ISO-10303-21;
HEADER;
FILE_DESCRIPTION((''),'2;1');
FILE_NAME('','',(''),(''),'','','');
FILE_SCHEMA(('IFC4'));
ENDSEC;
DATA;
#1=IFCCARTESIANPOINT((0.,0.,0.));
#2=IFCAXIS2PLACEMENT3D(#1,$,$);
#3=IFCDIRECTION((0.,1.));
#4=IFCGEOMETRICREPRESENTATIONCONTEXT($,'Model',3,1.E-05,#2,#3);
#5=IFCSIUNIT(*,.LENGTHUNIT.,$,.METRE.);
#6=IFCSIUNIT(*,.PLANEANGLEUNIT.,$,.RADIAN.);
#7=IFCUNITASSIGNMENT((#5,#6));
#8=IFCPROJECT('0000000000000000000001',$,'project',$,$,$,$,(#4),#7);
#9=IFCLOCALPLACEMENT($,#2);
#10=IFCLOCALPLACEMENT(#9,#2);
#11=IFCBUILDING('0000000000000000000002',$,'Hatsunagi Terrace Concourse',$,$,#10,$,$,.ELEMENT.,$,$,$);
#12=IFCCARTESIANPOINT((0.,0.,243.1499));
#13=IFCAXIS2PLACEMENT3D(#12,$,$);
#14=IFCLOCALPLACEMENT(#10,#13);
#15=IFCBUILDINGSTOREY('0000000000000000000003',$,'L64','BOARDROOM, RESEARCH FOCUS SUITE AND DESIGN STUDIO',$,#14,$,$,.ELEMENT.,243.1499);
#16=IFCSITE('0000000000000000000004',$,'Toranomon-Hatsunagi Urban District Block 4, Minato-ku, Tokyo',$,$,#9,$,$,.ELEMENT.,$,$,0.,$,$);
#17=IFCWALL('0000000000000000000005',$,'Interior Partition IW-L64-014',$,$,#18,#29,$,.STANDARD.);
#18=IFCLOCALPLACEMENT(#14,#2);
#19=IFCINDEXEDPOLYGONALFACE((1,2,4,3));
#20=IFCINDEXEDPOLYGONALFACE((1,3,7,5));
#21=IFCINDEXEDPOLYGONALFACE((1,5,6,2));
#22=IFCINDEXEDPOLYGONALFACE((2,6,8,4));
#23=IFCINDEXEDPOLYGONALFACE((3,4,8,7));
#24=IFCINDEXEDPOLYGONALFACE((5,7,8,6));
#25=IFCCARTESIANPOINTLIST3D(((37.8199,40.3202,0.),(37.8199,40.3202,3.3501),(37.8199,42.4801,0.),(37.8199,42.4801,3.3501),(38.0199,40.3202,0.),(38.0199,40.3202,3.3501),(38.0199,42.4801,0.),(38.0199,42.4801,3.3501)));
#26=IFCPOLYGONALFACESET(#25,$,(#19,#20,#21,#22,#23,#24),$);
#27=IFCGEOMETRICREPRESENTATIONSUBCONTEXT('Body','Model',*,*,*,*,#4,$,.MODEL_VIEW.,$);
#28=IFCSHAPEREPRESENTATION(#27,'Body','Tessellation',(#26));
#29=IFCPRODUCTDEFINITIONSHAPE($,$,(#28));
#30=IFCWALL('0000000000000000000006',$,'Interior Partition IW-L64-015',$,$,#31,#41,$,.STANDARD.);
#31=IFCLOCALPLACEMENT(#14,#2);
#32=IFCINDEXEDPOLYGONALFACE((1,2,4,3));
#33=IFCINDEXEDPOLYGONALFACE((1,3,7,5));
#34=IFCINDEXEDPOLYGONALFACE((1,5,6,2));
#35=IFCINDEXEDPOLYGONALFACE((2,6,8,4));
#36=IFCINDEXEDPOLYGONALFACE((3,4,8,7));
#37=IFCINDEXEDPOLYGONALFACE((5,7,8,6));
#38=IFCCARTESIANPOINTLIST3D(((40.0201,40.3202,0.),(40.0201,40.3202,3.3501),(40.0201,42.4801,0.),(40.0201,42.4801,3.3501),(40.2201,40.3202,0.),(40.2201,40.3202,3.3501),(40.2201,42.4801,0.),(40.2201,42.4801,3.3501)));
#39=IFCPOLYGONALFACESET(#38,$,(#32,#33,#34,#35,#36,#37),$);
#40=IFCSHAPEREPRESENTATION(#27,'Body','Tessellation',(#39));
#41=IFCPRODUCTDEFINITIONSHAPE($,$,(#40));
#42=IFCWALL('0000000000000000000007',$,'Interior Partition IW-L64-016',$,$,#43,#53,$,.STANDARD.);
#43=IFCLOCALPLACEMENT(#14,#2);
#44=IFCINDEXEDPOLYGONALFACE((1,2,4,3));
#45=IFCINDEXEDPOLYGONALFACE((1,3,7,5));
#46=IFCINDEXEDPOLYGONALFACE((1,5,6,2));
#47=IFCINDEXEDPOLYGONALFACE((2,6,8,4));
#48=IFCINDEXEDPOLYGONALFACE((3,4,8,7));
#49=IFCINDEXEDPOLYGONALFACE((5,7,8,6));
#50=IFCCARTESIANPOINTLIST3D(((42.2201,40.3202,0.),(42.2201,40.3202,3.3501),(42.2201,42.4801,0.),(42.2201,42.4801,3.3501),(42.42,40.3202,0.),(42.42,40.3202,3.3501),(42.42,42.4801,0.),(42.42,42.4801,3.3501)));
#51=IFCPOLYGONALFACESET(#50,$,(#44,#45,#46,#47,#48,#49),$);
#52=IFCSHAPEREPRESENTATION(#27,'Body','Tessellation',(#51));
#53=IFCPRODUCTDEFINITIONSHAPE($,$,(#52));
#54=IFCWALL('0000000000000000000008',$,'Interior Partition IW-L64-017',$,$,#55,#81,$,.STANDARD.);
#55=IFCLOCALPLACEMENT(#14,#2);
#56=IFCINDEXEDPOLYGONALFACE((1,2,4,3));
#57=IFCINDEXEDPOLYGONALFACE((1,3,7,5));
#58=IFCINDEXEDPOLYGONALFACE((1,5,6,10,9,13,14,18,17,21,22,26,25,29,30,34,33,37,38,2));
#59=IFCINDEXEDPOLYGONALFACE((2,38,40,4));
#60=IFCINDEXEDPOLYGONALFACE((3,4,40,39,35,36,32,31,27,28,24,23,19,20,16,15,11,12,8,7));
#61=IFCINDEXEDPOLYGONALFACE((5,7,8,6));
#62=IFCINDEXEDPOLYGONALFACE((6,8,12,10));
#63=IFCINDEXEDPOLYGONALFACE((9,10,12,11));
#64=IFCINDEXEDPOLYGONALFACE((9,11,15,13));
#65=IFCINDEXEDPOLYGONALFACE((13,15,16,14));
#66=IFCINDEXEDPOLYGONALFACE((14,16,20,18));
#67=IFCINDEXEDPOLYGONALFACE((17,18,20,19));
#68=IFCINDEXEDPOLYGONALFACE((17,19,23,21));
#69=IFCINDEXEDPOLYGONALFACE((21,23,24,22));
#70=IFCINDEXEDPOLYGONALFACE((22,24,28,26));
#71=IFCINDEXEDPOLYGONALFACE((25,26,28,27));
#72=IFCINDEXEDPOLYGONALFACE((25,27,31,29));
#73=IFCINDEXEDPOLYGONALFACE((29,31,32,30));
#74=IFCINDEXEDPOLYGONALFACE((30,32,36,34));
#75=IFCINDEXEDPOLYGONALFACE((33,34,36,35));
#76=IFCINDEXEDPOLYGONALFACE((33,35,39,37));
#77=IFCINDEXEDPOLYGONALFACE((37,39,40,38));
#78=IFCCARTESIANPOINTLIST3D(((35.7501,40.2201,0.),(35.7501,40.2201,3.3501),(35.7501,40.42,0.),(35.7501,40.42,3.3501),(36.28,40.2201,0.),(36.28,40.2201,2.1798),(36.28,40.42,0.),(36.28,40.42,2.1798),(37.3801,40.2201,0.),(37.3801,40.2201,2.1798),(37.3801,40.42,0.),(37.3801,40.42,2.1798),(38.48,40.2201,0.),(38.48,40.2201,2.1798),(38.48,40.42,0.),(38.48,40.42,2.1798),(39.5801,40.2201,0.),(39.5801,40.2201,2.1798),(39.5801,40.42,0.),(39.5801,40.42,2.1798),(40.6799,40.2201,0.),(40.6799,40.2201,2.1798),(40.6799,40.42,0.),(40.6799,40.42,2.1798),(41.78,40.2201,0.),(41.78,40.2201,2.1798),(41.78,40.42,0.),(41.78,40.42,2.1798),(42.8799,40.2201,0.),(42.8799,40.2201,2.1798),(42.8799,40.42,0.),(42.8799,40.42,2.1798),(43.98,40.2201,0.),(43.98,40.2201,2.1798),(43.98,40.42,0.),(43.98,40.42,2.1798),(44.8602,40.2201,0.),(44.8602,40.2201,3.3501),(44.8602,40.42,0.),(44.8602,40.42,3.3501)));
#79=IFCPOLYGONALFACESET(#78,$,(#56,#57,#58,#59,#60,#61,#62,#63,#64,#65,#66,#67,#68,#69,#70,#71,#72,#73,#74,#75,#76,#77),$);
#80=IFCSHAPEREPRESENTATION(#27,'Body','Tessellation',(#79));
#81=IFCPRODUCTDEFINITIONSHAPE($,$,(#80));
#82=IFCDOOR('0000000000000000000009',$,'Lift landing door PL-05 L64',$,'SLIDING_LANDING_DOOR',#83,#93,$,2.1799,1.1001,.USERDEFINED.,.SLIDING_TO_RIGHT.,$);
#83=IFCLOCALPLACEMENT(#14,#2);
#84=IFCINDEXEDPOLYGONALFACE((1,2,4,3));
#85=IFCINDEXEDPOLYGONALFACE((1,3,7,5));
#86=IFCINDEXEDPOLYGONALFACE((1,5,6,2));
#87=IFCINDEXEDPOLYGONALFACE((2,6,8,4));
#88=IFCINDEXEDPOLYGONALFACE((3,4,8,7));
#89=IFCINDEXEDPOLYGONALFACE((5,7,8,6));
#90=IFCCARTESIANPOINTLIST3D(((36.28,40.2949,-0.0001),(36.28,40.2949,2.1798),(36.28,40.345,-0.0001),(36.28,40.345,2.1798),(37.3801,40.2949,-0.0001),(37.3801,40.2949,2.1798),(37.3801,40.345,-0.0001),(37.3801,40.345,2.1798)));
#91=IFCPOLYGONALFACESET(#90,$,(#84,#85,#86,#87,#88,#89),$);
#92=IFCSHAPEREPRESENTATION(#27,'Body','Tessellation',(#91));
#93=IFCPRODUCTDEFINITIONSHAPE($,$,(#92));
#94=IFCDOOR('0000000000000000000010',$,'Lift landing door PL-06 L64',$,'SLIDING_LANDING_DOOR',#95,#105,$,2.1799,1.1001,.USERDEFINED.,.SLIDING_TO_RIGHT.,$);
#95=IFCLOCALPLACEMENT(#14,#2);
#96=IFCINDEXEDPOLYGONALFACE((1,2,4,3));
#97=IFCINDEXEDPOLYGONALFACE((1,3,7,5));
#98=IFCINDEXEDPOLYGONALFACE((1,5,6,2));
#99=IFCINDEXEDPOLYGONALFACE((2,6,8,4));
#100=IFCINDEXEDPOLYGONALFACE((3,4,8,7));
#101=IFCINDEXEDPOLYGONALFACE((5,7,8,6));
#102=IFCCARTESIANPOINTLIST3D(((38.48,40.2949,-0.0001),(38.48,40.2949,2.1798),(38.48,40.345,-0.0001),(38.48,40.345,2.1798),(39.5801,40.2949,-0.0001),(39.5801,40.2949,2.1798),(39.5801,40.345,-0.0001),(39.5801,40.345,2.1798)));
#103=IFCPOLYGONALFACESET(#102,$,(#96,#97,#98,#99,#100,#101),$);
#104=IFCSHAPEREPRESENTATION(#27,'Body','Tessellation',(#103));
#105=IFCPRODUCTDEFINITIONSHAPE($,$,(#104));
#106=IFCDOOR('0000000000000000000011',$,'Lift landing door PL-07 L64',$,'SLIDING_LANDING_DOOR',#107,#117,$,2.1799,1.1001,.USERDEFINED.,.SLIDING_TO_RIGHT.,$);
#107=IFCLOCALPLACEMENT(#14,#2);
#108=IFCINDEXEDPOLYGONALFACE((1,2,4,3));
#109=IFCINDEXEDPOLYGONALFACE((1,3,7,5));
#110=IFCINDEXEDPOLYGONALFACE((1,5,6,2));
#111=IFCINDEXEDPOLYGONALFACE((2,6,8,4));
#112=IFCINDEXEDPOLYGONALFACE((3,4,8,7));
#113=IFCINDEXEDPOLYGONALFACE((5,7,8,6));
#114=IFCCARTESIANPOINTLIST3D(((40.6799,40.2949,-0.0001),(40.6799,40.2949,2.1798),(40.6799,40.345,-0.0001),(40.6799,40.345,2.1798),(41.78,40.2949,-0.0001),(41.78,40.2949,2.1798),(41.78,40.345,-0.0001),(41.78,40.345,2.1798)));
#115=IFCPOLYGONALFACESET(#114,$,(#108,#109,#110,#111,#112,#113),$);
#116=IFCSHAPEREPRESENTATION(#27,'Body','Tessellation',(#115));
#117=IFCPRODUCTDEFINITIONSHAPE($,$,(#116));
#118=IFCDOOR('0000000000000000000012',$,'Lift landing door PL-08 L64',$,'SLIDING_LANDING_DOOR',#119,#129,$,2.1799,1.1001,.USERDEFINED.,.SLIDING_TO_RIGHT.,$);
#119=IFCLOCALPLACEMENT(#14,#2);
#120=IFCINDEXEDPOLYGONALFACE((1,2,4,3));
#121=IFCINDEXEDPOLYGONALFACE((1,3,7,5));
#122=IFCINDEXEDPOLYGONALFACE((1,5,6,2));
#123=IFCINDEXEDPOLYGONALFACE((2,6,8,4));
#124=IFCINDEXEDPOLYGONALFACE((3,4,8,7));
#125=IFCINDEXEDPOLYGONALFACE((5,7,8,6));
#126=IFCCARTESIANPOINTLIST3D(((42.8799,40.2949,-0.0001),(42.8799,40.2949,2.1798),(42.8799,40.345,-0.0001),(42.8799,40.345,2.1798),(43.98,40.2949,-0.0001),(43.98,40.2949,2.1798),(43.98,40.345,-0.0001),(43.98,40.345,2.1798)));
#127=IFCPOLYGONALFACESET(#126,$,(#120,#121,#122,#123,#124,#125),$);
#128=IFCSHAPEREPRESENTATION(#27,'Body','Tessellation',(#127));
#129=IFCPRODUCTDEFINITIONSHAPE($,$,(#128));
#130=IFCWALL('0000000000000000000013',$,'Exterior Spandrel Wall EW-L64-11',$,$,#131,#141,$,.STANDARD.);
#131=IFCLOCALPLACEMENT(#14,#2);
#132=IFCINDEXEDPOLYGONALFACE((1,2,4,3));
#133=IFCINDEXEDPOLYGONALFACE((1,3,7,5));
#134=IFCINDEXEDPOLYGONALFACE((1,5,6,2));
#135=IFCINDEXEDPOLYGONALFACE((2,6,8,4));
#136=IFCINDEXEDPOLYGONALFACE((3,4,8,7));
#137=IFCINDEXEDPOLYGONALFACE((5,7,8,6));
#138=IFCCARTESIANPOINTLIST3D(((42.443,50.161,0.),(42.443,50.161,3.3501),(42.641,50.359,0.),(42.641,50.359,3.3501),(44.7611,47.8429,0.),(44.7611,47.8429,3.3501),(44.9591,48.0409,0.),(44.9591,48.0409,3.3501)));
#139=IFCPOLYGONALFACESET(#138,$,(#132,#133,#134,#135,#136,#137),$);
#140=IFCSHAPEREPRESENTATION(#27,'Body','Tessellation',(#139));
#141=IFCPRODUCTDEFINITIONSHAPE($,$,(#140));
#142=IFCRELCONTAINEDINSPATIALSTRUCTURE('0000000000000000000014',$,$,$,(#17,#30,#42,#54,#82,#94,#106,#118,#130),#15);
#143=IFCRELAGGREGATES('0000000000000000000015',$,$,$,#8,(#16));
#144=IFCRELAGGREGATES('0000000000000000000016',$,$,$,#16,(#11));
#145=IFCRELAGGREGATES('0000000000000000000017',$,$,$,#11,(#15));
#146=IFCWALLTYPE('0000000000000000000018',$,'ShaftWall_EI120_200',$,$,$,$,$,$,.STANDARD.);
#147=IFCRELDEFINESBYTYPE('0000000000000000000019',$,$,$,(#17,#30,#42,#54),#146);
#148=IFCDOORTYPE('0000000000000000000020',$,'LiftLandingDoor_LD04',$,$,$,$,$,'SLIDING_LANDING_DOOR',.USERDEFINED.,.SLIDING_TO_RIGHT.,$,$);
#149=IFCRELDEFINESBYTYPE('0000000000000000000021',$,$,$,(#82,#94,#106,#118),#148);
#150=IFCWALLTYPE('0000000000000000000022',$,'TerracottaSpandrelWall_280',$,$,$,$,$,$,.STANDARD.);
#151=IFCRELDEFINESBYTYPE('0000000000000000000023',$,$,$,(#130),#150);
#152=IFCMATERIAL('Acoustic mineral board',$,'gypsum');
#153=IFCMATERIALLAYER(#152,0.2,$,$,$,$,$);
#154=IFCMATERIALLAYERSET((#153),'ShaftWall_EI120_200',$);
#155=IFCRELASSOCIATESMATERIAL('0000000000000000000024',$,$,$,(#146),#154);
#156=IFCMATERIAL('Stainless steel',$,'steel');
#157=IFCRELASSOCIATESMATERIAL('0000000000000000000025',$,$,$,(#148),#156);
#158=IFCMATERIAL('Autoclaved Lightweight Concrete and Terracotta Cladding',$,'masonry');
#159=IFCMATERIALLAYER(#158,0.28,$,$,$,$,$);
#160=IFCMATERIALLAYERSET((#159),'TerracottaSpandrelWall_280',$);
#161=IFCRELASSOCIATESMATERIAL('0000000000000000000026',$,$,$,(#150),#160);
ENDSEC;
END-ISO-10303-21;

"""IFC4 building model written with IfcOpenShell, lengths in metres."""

from ifc_helpers import new_model, si_unit, direction, frame, frame_2d, origin, place, context, subcontext, project, spatial, rectangle, extrude, material, layer, layer_set, type_object, element, fill, save


model = new_model("IFC4")

# Units and contexts
model_context = context("Model", 3, precision=1e-05, world=origin(), true_north=direction((0.0, 1.0)))
body_context = subcontext(model_context, "Body", "Model", "MODEL_VIEW")
ifc_project = project(units=[si_unit("LENGTHUNIT", "METRE"), si_unit("PLANEANGLEUNIT", "RADIAN")], contexts=[model_context])

# Site, building, storey
site_placement = place(None, origin())
site = spatial("IfcSite", under=ifc_project, at=site_placement, Name="Toranomon-Hatsunagi Urban District Block 4, Minato-ku, Tokyo", CompositionType="ELEMENT", RefElevation=0.0)
building_placement = place(site_placement, origin())
building = spatial("IfcBuilding", under=site, at=building_placement, Name="Hatsunagi Terrace Concourse", CompositionType="ELEMENT")
storey_placement = place(building_placement, frame((0.0, 0.0, 243.1499)))
storey = spatial("IfcBuildingStorey", under=building, at=storey_placement, Name="L64", Description="BOARDROOM, RESEARCH FOCUS SUITE AND DESIGN STUDIO", CompositionType="ELEMENT", Elevation=243.1499)

# Walls
ifc_material_1 = material(Name="Acoustic mineral board", Category="gypsum")
ifc_layer_1 = layer(ifc_material_1, 0.2)
ifc_layer_set_1 = layer_set([ifc_layer_1], Name="ShaftWall_EI120_200")
wall_type_1 = type_object("IfcWallType", Name="ShaftWall_EI120_200", PredefinedType="STANDARD", material=ifc_layer_set_1)
for number, where, z_axis, x_axis, name in (
    (1, (37.9199, 40.3201, 0.0), (0.0, 0.0, 1.0), (0.0, 1.0, 0.0), "Interior Partition IW-L64-014"),
    (2, (40.1201, 40.3201, 0.0), (0.0, 0.0, 1.0), (0.0, 1.0, 0.0), "Interior Partition IW-L64-015"),
    (3, (42.3201, 40.3201, 0.0), (0.0, 0.0, 1.0), (0.0, 1.0, 0.0), "Interior Partition IW-L64-016"),
):
    element("IfcWall", number, at=place(storey_placement, frame(where, z_axis=z_axis, x_axis=x_axis)), inside=storey, type_object=wall_type_1, Name=name, PredefinedType="STANDARD", context=body_context, shape_type="SweptSolid", body=[
        extrude(rectangle(XDim=2.1599, YDim=0.2, at=frame_2d((1.0801, 0.0))), origin(), (0.0, 0.0, 1.0), 3.3501),
    ])

# Wall, openings, doors
wall_1_placement = place(storey_placement, frame((35.75, 40.3201, 0.0), z_axis=(0.0, 0.0, 1.0), x_axis=(1.0, 0.0, 0.0)))
wall_1 = element("IfcWall", 4, at=wall_1_placement, inside=storey, type_object=wall_type_1, Name="Interior Partition IW-L64-017", PredefinedType="STANDARD", context=body_context, shape_type="SweptSolid", body=[
    extrude(rectangle(XDim=9.1101, YDim=0.2, at=frame_2d((4.5552, 0.0))), origin(), (0.0, 0.0, 1.0), 3.3501),
])
opening_1_placement = place(wall_1_placement, frame((0.53, 0.0, 0.0)))
opening_1 = element("IfcOpeningElement", 5, at=opening_1_placement, cuts=wall_1, PredefinedType="OPENING", context=body_context, shape_type="SweptSolid", body=[
    extrude(rectangle(XDim=1.1001, YDim=2.1799, at=frame_2d((0.55, 1.0898))), frame((0.0, 0.1099, 0.0), z_axis=(0.0, -1.0, 0.0), x_axis=(1.0, 0.0, 0.0)), (0.0, 0.0, 1.0), 0.22),
])
opening_2_placement = place(wall_1_placement, frame((2.73, 0.0, 0.0)))
opening_2 = element("IfcOpeningElement", 6, at=opening_2_placement, cuts=wall_1, PredefinedType="OPENING", context=body_context, shape_type="SweptSolid", body=[
    extrude(rectangle(XDim=1.1001, YDim=2.1799, at=frame_2d((0.55, 1.0898))), frame((0.0, 0.1099, 0.0), z_axis=(0.0, -1.0, 0.0), x_axis=(1.0, 0.0, 0.0)), (0.0, 0.0, 1.0), 0.22),
])
opening_3_placement = place(wall_1_placement, frame((4.9299, 0.0, 0.0)))
opening_3 = element("IfcOpeningElement", 7, at=opening_3_placement, cuts=wall_1, PredefinedType="OPENING", context=body_context, shape_type="SweptSolid", body=[
    extrude(rectangle(XDim=1.1001, YDim=2.1799, at=frame_2d((0.55, 1.0898))), frame((0.0, 0.1099, 0.0), z_axis=(0.0, -1.0, 0.0), x_axis=(1.0, 0.0, 0.0)), (0.0, 0.0, 1.0), 0.22),
])
opening_4_placement = place(wall_1_placement, frame((7.1299, 0.0, 0.0)))
opening_4 = element("IfcOpeningElement", 8, at=opening_4_placement, cuts=wall_1, PredefinedType="OPENING", context=body_context, shape_type="SweptSolid", body=[
    extrude(rectangle(XDim=1.1001, YDim=2.1799, at=frame_2d((0.55, 1.0898))), frame((0.0, 0.1099, 0.0), z_axis=(0.0, -1.0, 0.0), x_axis=(1.0, 0.0, 0.0)), (0.0, 0.0, 1.0), 0.22),
])
ifc_material_2 = material(Name="Stainless steel", Category="steel")
door_type_1 = type_object("IfcDoorType", Name="LiftLandingDoor_LD04", ElementType="SLIDING_LANDING_DOOR", OperationType="SLIDING_TO_RIGHT", PredefinedType="USERDEFINED", material=ifc_material_2)
door_1_placement = place(opening_1_placement, origin())
door_1 = element("IfcDoor", 9, at=door_1_placement, inside=storey, type_object=door_type_1, Name="Lift landing door PL-05 L64", ObjectType="SLIDING_LANDING_DOOR", OperationType="SLIDING_TO_RIGHT", OverallHeight=2.1799, OverallWidth=1.1001, PredefinedType="USERDEFINED", context=body_context, shape_type="SweptSolid", body=[
    extrude(rectangle(XDim=1.1001, YDim=2.1799, at=frame_2d((0.55, 1.0898))), frame((0.0, 0.0249, 0.0), z_axis=(0.0, -1.0, 0.0), x_axis=(1.0, 0.0, 0.0)), (0.0, 0.0, 1.0), 0.05),
])
fill(opening_1, door_1)
door_2_placement = place(opening_2_placement, origin())
door_2 = element("IfcDoor", 10, at=door_2_placement, inside=storey, type_object=door_type_1, Name="Lift landing door PL-06 L64", ObjectType="SLIDING_LANDING_DOOR", OperationType="SLIDING_TO_RIGHT", OverallHeight=2.1799, OverallWidth=1.1001, PredefinedType="USERDEFINED", context=body_context, shape_type="SweptSolid", body=[
    extrude(rectangle(XDim=1.1001, YDim=2.1799, at=frame_2d((0.55, 1.0898))), frame((0.0, 0.0249, 0.0), z_axis=(0.0, -1.0, 0.0), x_axis=(1.0, 0.0, 0.0)), (0.0, 0.0, 1.0), 0.05),
])
fill(opening_2, door_2)
door_3_placement = place(opening_3_placement, origin())
door_3 = element("IfcDoor", 11, at=door_3_placement, inside=storey, type_object=door_type_1, Name="Lift landing door PL-07 L64", ObjectType="SLIDING_LANDING_DOOR", OperationType="SLIDING_TO_RIGHT", OverallHeight=2.1799, OverallWidth=1.1001, PredefinedType="USERDEFINED", context=body_context, shape_type="SweptSolid", body=[
    extrude(rectangle(XDim=1.1001, YDim=2.1799, at=frame_2d((0.55, 1.0898))), frame((0.0, 0.0249, 0.0), z_axis=(0.0, -1.0, 0.0), x_axis=(1.0, 0.0, 0.0)), (0.0, 0.0, 1.0), 0.05),
])
fill(opening_3, door_3)
door_4_placement = place(opening_4_placement, origin())
door_4 = element("IfcDoor", 12, at=door_4_placement, inside=storey, type_object=door_type_1, Name="Lift landing door PL-08 L64", ObjectType="SLIDING_LANDING_DOOR", OperationType="SLIDING_TO_RIGHT", OverallHeight=2.1799, OverallWidth=1.1001, PredefinedType="USERDEFINED", context=body_context, shape_type="SweptSolid", body=[
    extrude(rectangle(XDim=1.1001, YDim=2.1799, at=frame_2d((0.55, 1.0898))), frame((0.0, 0.0249, 0.0), z_axis=(0.0, -1.0, 0.0), x_axis=(1.0, 0.0, 0.0)), (0.0, 0.0, 1.0), 0.05),
])
fill(opening_4, door_4)

# Wall
ifc_material_3 = material(Name="Autoclaved Lightweight Concrete and Terracotta Cladding", Category="masonry")
ifc_layer_2 = layer(ifc_material_3, 0.28)
ifc_layer_set_2 = layer_set([ifc_layer_2], Name="TerracottaSpandrelWall_280")
wall_type_2 = type_object("IfcWallType", Name="TerracottaSpandrelWall_280", PredefinedType="STANDARD", material=ifc_layer_set_2)
wall_2_placement = place(storey_placement, frame((42.542, 50.26, 0.0), z_axis=(0.0, 0.0, 1.0), x_axis=(0.707107, -0.707107, 0.0)))
element("IfcWall", 13, at=wall_2_placement, inside=storey, type_object=wall_type_2, Name="Exterior Spandrel Wall EW-L64-11", PredefinedType="STANDARD", context=body_context, shape_type="SweptSolid", body=[
    extrude(rectangle(XDim=3.2783, YDim=0.28, at=frame_2d((1.6392, 0.0))), origin(), (0.0, 0.0, 1.0), 3.3501),
])

save(model, "model.ifc")
